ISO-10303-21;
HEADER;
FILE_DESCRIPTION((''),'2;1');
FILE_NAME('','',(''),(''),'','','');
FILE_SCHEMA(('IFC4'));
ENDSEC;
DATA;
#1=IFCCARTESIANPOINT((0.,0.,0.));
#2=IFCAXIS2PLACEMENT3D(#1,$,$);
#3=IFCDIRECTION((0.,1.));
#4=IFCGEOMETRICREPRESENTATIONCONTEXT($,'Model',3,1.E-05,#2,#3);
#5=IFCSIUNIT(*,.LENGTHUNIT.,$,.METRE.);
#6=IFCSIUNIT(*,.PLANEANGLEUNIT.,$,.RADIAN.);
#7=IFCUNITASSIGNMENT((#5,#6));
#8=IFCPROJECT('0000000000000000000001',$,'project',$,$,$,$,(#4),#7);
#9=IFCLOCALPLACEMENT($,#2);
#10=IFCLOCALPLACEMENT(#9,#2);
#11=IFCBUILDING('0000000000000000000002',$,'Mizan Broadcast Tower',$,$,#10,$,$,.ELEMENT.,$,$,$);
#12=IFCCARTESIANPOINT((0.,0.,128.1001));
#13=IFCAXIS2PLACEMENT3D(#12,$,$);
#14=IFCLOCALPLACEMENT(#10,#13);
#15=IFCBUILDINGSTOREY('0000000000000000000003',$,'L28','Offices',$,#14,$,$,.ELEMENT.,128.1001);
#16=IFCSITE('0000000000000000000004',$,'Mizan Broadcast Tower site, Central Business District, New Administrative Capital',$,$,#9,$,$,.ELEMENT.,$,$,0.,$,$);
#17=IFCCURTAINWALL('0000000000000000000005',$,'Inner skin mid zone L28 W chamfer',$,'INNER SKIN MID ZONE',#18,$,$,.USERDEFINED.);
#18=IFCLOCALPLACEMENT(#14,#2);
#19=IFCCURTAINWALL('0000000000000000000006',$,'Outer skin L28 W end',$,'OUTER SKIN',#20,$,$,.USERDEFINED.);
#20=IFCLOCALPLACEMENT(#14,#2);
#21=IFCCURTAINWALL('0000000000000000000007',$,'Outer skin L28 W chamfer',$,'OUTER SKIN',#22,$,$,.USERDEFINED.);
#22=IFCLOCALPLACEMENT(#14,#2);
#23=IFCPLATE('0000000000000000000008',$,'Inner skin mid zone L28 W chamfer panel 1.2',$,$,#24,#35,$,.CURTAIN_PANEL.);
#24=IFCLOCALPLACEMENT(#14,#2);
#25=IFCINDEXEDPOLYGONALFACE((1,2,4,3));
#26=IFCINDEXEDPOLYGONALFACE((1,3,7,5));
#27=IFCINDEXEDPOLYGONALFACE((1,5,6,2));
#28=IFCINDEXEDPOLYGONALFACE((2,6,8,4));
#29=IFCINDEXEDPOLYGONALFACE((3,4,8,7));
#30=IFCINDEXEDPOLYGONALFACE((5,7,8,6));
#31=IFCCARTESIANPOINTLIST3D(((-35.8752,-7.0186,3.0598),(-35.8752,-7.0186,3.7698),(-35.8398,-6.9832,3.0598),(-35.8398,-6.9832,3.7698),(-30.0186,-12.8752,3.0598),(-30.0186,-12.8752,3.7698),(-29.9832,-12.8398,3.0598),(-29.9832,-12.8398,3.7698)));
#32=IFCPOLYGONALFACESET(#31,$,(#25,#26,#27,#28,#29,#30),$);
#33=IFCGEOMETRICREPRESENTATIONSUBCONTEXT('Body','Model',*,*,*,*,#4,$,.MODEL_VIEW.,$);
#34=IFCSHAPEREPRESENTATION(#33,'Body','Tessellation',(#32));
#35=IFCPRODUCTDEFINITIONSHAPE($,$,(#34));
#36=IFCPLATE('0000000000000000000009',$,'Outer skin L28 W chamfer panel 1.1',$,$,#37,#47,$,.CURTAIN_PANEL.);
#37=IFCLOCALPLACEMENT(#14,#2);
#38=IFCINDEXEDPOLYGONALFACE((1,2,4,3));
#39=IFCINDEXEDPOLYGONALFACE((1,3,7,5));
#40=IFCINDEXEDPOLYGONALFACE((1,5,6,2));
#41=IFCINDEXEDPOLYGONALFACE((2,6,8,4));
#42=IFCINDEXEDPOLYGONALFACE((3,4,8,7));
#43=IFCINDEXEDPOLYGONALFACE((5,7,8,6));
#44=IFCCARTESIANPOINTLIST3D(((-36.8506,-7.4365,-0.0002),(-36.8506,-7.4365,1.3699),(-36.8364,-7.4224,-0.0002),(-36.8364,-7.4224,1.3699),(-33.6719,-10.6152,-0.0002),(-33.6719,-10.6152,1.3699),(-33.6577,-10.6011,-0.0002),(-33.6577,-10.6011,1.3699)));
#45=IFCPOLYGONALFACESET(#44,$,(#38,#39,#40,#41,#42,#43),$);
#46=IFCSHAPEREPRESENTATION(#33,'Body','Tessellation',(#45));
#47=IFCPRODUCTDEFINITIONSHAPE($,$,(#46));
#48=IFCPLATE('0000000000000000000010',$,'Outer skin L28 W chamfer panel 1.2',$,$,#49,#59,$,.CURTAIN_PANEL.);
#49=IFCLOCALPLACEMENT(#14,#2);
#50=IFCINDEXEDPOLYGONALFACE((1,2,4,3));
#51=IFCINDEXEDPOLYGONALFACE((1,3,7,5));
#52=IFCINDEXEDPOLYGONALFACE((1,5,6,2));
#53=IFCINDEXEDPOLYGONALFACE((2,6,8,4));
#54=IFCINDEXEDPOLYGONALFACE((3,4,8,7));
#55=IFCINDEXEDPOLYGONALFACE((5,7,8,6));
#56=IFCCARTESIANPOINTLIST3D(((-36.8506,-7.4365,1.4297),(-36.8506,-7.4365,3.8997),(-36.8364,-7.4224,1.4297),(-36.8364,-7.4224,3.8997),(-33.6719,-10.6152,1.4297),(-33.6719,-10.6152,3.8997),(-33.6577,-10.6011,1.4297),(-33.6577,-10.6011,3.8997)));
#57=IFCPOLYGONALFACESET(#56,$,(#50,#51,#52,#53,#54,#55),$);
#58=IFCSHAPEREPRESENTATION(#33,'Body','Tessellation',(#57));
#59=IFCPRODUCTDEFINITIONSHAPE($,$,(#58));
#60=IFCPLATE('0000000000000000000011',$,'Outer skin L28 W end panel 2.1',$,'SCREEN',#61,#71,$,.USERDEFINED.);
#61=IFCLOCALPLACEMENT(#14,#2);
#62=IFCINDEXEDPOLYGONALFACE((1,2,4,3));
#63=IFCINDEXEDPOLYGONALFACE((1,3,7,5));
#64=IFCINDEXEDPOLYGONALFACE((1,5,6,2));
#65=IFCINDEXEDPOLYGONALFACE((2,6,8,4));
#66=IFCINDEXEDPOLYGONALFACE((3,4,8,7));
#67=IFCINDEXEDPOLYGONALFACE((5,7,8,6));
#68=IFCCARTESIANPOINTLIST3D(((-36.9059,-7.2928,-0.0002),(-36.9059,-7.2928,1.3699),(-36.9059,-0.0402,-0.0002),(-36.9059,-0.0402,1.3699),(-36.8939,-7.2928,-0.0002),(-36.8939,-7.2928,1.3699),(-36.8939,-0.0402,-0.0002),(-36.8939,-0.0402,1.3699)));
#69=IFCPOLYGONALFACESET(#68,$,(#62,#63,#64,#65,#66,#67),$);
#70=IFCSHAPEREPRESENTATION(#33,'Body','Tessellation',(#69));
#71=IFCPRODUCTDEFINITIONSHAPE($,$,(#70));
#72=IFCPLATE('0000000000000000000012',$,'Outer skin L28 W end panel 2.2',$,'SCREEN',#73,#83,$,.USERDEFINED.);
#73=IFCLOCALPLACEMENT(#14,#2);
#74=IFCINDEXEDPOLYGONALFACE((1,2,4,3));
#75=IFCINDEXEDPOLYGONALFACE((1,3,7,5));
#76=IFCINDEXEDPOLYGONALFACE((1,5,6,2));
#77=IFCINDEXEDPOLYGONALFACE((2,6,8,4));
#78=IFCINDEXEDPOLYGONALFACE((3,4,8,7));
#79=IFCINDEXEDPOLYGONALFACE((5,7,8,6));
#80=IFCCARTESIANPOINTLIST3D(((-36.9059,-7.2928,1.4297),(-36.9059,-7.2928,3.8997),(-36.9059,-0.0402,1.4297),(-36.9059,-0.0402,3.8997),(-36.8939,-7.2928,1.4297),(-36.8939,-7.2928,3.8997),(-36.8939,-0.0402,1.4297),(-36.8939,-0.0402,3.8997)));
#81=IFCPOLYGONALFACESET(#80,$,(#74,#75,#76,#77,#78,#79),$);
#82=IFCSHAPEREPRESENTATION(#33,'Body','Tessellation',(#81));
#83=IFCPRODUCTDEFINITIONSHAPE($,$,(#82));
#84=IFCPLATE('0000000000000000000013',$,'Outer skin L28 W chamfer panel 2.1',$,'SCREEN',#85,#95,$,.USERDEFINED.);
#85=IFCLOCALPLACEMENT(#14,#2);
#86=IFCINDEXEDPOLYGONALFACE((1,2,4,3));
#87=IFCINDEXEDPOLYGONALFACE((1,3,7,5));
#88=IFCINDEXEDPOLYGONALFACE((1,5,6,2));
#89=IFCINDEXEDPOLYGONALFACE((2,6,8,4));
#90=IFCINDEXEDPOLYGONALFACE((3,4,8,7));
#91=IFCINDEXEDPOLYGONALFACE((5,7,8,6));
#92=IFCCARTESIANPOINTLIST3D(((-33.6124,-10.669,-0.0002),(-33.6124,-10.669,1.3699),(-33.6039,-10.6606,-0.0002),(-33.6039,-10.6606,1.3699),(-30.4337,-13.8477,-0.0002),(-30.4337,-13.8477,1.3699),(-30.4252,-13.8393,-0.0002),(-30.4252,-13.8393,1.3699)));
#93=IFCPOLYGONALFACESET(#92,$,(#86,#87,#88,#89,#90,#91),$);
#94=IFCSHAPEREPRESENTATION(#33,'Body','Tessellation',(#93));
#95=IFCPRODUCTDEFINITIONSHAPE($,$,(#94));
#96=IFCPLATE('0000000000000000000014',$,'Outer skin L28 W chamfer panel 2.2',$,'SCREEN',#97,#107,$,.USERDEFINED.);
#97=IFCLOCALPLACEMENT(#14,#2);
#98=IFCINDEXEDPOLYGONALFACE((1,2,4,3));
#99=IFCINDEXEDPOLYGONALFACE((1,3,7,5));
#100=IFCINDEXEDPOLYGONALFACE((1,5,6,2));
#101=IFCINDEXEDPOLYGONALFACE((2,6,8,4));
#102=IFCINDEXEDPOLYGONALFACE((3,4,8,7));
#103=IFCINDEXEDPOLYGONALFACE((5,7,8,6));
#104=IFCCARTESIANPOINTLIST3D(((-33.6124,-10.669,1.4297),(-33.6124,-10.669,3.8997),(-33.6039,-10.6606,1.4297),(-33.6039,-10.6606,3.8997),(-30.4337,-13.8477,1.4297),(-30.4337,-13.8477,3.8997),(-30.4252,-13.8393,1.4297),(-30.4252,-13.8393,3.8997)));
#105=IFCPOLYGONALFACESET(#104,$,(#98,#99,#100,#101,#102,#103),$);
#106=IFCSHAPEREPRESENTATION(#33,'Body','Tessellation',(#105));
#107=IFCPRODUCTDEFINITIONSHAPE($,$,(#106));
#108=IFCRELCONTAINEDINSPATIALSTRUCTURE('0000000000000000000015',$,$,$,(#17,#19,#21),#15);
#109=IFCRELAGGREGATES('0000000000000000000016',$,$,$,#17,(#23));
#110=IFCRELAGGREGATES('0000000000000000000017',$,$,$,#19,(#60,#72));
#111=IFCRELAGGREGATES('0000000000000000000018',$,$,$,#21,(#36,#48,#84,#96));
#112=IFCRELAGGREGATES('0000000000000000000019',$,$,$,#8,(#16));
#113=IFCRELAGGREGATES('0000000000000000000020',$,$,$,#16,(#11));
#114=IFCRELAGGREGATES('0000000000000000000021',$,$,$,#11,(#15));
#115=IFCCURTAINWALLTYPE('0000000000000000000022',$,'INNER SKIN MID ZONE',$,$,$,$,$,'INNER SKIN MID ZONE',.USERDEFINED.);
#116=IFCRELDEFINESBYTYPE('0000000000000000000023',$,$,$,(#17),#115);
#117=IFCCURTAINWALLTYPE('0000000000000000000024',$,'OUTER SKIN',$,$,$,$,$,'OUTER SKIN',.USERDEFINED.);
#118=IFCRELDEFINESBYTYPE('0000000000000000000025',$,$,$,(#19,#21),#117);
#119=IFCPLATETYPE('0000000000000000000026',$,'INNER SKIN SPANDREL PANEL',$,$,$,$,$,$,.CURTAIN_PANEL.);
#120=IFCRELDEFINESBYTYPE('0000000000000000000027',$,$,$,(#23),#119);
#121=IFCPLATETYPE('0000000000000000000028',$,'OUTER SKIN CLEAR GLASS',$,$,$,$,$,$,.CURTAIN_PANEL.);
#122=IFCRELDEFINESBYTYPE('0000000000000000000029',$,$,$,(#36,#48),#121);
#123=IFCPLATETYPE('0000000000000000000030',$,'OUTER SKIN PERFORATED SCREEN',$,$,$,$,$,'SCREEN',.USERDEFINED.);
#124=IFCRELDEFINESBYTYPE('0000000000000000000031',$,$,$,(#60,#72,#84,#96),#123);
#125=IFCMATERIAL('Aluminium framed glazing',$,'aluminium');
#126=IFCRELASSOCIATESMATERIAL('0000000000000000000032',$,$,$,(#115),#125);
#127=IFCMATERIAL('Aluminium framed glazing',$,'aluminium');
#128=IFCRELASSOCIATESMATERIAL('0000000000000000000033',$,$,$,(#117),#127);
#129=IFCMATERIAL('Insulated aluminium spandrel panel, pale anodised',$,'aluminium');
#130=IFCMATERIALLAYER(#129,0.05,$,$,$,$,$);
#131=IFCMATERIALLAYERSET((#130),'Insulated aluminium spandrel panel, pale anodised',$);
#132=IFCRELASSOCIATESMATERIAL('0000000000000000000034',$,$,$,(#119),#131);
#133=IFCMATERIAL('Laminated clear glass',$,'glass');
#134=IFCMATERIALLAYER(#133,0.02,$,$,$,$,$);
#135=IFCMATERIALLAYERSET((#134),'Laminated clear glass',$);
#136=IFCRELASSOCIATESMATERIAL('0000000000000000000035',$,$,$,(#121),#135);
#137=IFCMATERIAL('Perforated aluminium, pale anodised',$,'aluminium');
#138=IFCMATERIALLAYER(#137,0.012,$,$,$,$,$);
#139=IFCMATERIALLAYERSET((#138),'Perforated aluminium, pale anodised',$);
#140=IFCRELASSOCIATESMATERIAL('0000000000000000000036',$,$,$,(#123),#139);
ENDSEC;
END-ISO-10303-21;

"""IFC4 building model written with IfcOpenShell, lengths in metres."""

from ifc_helpers import new_model, si_unit, direction, frame, origin, origin_2d, place, context, subcontext, project, spatial, rectangle, extrude, material, layer, layer_set, type_object, element, aggregate, save


model = new_model("IFC4")

# Units and contexts
model_context = context("Model", 3, precision=1e-05, world=origin(), true_north=direction((0.0, 1.0)))
body_context = subcontext(model_context, "Body", "Model", "MODEL_VIEW")
ifc_project = project(units=[si_unit("LENGTHUNIT", "METRE"), si_unit("PLANEANGLEUNIT", "RADIAN")], contexts=[model_context])

# Site, building, storey
site_placement = place(None, origin())
site = spatial("IfcSite", under=ifc_project, at=site_placement, Name="Mizan Broadcast Tower site, Central Business District, New Administrative Capital", CompositionType="ELEMENT", RefElevation=0.0)
building_placement = place(site_placement, origin())
building = spatial("IfcBuilding", under=site, at=building_placement, Name="Mizan Broadcast Tower", CompositionType="ELEMENT")
storey_placement = place(building_placement, frame((0.0, 0.0, 128.1001)))
storey = spatial("IfcBuildingStorey", under=building, at=storey_placement, Name="L28", Description="Offices", CompositionType="ELEMENT", Elevation=128.1001)

# Shared definitions
ifc_material_1 = material(Name="Aluminium framed glazing", Category="aluminium")
curtain_wall_type_1 = type_object("IfcCurtainWallType", Name="INNER SKIN MID ZONE", ElementType="INNER SKIN MID ZONE", PredefinedType="USERDEFINED", material=ifc_material_1)

# Curtain wall
curtain_wall_1_placement = place(storey_placement, origin())
curtain_wall_1 = element("IfcCurtainWall", 1, at=curtain_wall_1_placement, inside=storey, type_object=curtain_wall_type_1, Name="Inner skin mid zone L28 W chamfer", ObjectType="INNER SKIN MID ZONE", PredefinedType="USERDEFINED")

# Curtain walls
ifc_material_2 = material(Name="Aluminium framed glazing", Category="aluminium")
curtain_wall_type_2 = type_object("IfcCurtainWallType", Name="OUTER SKIN", ElementType="OUTER SKIN", PredefinedType="USERDEFINED", material=ifc_material_2)
curtain_wall_2_placement = place(storey_placement, origin())
curtain_wall_2 = element("IfcCurtainWall", 2, at=curtain_wall_2_placement, inside=storey, type_object=curtain_wall_type_2, Name="Outer skin L28 W end", ObjectType="OUTER SKIN", PredefinedType="USERDEFINED")
curtain_wall_3_placement = place(storey_placement, origin())
curtain_wall_3 = element("IfcCurtainWall", 3, at=curtain_wall_3_placement, inside=storey, type_object=curtain_wall_type_2, Name="Outer skin L28 W chamfer", ObjectType="OUTER SKIN", PredefinedType="USERDEFINED")

# Plates
ifc_material_3 = material(Name="Insulated aluminium spandrel panel, pale anodised", Category="aluminium")
ifc_layer_1 = layer(ifc_material_3, 0.05)
ifc_layer_set_1 = layer_set([ifc_layer_1], Name="Insulated aluminium spandrel panel, pale anodised")
plate_type_1 = type_object("IfcPlateType", Name="INNER SKIN SPANDREL PANEL", PredefinedType="CURTAIN_PANEL", material=ifc_layer_set_1)
plate_1_placement = place(storey_placement, frame((-32.9292, -9.9292, 3.0598), z_axis=(0.0, 0.0, 1.0), x_axis=(0.707107, -0.707107, 0.0)))
plate_1 = element("IfcPlate", 4, at=plate_1_placement, type_object=plate_type_1, Name="Inner skin mid zone L28 W chamfer panel 1.2", PredefinedType="CURTAIN_PANEL", context=body_context, shape_type="SweptSolid", body=[
    extrude(rectangle(XDim=8.2825, YDim=0.05, at=origin_2d()), origin(), (0.0, 0.0, 1.0), 0.71),
])
aggregate(curtain_wall_1, [plate_1])
ifc_material_4 = material(Name="Laminated clear glass", Category="glass")
ifc_layer_2 = layer(ifc_material_4, 0.02)
ifc_layer_set_2 = layer_set([ifc_layer_2], Name="Laminated clear glass")
plate_type_2 = type_object("IfcPlateType", Name="OUTER SKIN CLEAR GLASS", PredefinedType="CURTAIN_PANEL", material=ifc_layer_set_2)
plate_2_placement = place(storey_placement, frame((-35.2542, -9.0188, -0.0002), z_axis=(0.0, 0.0, 1.0), x_axis=(0.707107, -0.707107, 0.0)))
plate_2 = element("IfcPlate", 5, at=plate_2_placement, type_object=plate_type_2, Name="Outer skin L28 W chamfer panel 1.1", PredefinedType="CURTAIN_PANEL", context=body_context, shape_type="SweptSolid", body=[
    extrude(rectangle(XDim=4.4954, YDim=0.02, at=origin_2d()), origin(), (0.0, 0.0, 1.0), 1.3701),
])
plate_3_placement = place(storey_placement, frame((-35.2542, -9.0188, 1.4297), z_axis=(0.0, 0.0, 1.0), x_axis=(0.707107, -0.707107, 0.0)))
plate_3 = element("IfcPlate", 6, at=plate_3_placement, type_object=plate_type_2, Name="Outer skin L28 W chamfer panel 1.2", PredefinedType="CURTAIN_PANEL", context=body_context, shape_type="SweptSolid", body=[
    extrude(rectangle(XDim=4.4954, YDim=0.02, at=origin_2d()), origin(), (0.0, 0.0, 1.0), 2.47),
])
ifc_material_5 = material(Name="Perforated aluminium, pale anodised", Category="aluminium")
ifc_layer_3 = layer(ifc_material_5, 0.012)
ifc_layer_set_3 = layer_set([ifc_layer_3], Name="Perforated aluminium, pale anodised")
plate_type_3 = type_object("IfcPlateType", Name="OUTER SKIN PERFORATED SCREEN", ElementType="SCREEN", PredefinedType="USERDEFINED", material=ifc_layer_set_3)
plate_4_placement = place(storey_placement, frame((-36.8999, -3.6665, -0.0002), z_axis=(0.0, 0.0, 1.0), x_axis=(0.0, -1.0, 0.0)))
plate_4 = element("IfcPlate", 7, at=plate_4_placement, type_object=plate_type_3, Name="Outer skin L28 W end panel 2.1", ObjectType="SCREEN", PredefinedType="USERDEFINED", context=body_context, shape_type="SweptSolid", body=[
    extrude(rectangle(XDim=7.2527, YDim=0.012, at=origin_2d()), origin(), (0.0, 0.0, 1.0), 1.3701),
])
plate_5_placement = place(storey_placement, frame((-36.8999, -3.6665, 1.4297), z_axis=(0.0, 0.0, 1.0), x_axis=(0.0, -1.0, 0.0)))
plate_5 = element("IfcPlate", 8, at=plate_5_placement, type_object=plate_type_3, Name="Outer skin L28 W end panel 2.2", ObjectType="SCREEN", PredefinedType="USERDEFINED", context=body_context, shape_type="SweptSolid", body=[
    extrude(rectangle(XDim=7.2527, YDim=0.012, at=origin_2d()), origin(), (0.0, 0.0, 1.0), 2.47),
])
aggregate(curtain_wall_2, [plate_4, plate_5])
plate_6_placement = place(storey_placement, frame((-32.0188, -12.2542, -0.0002), z_axis=(0.0, 0.0, 1.0), x_axis=(0.707107, -0.707107, 0.0)))
plate_6 = element("IfcPlate", 9, at=plate_6_placement, type_object=plate_type_3, Name="Outer skin L28 W chamfer panel 2.1", ObjectType="SCREEN", PredefinedType="USERDEFINED", context=body_context, shape_type="SweptSolid", body=[
    extrude(rectangle(XDim=4.4954, YDim=0.012, at=origin_2d()), origin(), (0.0, 0.0, 1.0), 1.3701),
])
plate_7_placement = place(storey_placement, frame((-32.0188, -12.2542, 1.4297), z_axis=(0.0, 0.0, 1.0), x_axis=(0.707107, -0.707107, 0.0)))
plate_7 = element("IfcPlate", 10, at=plate_7_placement, type_object=plate_type_3, Name="Outer skin L28 W chamfer panel 2.2", ObjectType="SCREEN", PredefinedType="USERDEFINED", context=body_context, shape_type="SweptSolid", body=[
    extrude(rectangle(XDim=4.4954, YDim=0.012, at=origin_2d()), origin(), (0.0, 0.0, 1.0), 2.47),
])
aggregate(curtain_wall_3, [plate_2, plate_3, plate_6, plate_7])

save(model, "model.ifc")
